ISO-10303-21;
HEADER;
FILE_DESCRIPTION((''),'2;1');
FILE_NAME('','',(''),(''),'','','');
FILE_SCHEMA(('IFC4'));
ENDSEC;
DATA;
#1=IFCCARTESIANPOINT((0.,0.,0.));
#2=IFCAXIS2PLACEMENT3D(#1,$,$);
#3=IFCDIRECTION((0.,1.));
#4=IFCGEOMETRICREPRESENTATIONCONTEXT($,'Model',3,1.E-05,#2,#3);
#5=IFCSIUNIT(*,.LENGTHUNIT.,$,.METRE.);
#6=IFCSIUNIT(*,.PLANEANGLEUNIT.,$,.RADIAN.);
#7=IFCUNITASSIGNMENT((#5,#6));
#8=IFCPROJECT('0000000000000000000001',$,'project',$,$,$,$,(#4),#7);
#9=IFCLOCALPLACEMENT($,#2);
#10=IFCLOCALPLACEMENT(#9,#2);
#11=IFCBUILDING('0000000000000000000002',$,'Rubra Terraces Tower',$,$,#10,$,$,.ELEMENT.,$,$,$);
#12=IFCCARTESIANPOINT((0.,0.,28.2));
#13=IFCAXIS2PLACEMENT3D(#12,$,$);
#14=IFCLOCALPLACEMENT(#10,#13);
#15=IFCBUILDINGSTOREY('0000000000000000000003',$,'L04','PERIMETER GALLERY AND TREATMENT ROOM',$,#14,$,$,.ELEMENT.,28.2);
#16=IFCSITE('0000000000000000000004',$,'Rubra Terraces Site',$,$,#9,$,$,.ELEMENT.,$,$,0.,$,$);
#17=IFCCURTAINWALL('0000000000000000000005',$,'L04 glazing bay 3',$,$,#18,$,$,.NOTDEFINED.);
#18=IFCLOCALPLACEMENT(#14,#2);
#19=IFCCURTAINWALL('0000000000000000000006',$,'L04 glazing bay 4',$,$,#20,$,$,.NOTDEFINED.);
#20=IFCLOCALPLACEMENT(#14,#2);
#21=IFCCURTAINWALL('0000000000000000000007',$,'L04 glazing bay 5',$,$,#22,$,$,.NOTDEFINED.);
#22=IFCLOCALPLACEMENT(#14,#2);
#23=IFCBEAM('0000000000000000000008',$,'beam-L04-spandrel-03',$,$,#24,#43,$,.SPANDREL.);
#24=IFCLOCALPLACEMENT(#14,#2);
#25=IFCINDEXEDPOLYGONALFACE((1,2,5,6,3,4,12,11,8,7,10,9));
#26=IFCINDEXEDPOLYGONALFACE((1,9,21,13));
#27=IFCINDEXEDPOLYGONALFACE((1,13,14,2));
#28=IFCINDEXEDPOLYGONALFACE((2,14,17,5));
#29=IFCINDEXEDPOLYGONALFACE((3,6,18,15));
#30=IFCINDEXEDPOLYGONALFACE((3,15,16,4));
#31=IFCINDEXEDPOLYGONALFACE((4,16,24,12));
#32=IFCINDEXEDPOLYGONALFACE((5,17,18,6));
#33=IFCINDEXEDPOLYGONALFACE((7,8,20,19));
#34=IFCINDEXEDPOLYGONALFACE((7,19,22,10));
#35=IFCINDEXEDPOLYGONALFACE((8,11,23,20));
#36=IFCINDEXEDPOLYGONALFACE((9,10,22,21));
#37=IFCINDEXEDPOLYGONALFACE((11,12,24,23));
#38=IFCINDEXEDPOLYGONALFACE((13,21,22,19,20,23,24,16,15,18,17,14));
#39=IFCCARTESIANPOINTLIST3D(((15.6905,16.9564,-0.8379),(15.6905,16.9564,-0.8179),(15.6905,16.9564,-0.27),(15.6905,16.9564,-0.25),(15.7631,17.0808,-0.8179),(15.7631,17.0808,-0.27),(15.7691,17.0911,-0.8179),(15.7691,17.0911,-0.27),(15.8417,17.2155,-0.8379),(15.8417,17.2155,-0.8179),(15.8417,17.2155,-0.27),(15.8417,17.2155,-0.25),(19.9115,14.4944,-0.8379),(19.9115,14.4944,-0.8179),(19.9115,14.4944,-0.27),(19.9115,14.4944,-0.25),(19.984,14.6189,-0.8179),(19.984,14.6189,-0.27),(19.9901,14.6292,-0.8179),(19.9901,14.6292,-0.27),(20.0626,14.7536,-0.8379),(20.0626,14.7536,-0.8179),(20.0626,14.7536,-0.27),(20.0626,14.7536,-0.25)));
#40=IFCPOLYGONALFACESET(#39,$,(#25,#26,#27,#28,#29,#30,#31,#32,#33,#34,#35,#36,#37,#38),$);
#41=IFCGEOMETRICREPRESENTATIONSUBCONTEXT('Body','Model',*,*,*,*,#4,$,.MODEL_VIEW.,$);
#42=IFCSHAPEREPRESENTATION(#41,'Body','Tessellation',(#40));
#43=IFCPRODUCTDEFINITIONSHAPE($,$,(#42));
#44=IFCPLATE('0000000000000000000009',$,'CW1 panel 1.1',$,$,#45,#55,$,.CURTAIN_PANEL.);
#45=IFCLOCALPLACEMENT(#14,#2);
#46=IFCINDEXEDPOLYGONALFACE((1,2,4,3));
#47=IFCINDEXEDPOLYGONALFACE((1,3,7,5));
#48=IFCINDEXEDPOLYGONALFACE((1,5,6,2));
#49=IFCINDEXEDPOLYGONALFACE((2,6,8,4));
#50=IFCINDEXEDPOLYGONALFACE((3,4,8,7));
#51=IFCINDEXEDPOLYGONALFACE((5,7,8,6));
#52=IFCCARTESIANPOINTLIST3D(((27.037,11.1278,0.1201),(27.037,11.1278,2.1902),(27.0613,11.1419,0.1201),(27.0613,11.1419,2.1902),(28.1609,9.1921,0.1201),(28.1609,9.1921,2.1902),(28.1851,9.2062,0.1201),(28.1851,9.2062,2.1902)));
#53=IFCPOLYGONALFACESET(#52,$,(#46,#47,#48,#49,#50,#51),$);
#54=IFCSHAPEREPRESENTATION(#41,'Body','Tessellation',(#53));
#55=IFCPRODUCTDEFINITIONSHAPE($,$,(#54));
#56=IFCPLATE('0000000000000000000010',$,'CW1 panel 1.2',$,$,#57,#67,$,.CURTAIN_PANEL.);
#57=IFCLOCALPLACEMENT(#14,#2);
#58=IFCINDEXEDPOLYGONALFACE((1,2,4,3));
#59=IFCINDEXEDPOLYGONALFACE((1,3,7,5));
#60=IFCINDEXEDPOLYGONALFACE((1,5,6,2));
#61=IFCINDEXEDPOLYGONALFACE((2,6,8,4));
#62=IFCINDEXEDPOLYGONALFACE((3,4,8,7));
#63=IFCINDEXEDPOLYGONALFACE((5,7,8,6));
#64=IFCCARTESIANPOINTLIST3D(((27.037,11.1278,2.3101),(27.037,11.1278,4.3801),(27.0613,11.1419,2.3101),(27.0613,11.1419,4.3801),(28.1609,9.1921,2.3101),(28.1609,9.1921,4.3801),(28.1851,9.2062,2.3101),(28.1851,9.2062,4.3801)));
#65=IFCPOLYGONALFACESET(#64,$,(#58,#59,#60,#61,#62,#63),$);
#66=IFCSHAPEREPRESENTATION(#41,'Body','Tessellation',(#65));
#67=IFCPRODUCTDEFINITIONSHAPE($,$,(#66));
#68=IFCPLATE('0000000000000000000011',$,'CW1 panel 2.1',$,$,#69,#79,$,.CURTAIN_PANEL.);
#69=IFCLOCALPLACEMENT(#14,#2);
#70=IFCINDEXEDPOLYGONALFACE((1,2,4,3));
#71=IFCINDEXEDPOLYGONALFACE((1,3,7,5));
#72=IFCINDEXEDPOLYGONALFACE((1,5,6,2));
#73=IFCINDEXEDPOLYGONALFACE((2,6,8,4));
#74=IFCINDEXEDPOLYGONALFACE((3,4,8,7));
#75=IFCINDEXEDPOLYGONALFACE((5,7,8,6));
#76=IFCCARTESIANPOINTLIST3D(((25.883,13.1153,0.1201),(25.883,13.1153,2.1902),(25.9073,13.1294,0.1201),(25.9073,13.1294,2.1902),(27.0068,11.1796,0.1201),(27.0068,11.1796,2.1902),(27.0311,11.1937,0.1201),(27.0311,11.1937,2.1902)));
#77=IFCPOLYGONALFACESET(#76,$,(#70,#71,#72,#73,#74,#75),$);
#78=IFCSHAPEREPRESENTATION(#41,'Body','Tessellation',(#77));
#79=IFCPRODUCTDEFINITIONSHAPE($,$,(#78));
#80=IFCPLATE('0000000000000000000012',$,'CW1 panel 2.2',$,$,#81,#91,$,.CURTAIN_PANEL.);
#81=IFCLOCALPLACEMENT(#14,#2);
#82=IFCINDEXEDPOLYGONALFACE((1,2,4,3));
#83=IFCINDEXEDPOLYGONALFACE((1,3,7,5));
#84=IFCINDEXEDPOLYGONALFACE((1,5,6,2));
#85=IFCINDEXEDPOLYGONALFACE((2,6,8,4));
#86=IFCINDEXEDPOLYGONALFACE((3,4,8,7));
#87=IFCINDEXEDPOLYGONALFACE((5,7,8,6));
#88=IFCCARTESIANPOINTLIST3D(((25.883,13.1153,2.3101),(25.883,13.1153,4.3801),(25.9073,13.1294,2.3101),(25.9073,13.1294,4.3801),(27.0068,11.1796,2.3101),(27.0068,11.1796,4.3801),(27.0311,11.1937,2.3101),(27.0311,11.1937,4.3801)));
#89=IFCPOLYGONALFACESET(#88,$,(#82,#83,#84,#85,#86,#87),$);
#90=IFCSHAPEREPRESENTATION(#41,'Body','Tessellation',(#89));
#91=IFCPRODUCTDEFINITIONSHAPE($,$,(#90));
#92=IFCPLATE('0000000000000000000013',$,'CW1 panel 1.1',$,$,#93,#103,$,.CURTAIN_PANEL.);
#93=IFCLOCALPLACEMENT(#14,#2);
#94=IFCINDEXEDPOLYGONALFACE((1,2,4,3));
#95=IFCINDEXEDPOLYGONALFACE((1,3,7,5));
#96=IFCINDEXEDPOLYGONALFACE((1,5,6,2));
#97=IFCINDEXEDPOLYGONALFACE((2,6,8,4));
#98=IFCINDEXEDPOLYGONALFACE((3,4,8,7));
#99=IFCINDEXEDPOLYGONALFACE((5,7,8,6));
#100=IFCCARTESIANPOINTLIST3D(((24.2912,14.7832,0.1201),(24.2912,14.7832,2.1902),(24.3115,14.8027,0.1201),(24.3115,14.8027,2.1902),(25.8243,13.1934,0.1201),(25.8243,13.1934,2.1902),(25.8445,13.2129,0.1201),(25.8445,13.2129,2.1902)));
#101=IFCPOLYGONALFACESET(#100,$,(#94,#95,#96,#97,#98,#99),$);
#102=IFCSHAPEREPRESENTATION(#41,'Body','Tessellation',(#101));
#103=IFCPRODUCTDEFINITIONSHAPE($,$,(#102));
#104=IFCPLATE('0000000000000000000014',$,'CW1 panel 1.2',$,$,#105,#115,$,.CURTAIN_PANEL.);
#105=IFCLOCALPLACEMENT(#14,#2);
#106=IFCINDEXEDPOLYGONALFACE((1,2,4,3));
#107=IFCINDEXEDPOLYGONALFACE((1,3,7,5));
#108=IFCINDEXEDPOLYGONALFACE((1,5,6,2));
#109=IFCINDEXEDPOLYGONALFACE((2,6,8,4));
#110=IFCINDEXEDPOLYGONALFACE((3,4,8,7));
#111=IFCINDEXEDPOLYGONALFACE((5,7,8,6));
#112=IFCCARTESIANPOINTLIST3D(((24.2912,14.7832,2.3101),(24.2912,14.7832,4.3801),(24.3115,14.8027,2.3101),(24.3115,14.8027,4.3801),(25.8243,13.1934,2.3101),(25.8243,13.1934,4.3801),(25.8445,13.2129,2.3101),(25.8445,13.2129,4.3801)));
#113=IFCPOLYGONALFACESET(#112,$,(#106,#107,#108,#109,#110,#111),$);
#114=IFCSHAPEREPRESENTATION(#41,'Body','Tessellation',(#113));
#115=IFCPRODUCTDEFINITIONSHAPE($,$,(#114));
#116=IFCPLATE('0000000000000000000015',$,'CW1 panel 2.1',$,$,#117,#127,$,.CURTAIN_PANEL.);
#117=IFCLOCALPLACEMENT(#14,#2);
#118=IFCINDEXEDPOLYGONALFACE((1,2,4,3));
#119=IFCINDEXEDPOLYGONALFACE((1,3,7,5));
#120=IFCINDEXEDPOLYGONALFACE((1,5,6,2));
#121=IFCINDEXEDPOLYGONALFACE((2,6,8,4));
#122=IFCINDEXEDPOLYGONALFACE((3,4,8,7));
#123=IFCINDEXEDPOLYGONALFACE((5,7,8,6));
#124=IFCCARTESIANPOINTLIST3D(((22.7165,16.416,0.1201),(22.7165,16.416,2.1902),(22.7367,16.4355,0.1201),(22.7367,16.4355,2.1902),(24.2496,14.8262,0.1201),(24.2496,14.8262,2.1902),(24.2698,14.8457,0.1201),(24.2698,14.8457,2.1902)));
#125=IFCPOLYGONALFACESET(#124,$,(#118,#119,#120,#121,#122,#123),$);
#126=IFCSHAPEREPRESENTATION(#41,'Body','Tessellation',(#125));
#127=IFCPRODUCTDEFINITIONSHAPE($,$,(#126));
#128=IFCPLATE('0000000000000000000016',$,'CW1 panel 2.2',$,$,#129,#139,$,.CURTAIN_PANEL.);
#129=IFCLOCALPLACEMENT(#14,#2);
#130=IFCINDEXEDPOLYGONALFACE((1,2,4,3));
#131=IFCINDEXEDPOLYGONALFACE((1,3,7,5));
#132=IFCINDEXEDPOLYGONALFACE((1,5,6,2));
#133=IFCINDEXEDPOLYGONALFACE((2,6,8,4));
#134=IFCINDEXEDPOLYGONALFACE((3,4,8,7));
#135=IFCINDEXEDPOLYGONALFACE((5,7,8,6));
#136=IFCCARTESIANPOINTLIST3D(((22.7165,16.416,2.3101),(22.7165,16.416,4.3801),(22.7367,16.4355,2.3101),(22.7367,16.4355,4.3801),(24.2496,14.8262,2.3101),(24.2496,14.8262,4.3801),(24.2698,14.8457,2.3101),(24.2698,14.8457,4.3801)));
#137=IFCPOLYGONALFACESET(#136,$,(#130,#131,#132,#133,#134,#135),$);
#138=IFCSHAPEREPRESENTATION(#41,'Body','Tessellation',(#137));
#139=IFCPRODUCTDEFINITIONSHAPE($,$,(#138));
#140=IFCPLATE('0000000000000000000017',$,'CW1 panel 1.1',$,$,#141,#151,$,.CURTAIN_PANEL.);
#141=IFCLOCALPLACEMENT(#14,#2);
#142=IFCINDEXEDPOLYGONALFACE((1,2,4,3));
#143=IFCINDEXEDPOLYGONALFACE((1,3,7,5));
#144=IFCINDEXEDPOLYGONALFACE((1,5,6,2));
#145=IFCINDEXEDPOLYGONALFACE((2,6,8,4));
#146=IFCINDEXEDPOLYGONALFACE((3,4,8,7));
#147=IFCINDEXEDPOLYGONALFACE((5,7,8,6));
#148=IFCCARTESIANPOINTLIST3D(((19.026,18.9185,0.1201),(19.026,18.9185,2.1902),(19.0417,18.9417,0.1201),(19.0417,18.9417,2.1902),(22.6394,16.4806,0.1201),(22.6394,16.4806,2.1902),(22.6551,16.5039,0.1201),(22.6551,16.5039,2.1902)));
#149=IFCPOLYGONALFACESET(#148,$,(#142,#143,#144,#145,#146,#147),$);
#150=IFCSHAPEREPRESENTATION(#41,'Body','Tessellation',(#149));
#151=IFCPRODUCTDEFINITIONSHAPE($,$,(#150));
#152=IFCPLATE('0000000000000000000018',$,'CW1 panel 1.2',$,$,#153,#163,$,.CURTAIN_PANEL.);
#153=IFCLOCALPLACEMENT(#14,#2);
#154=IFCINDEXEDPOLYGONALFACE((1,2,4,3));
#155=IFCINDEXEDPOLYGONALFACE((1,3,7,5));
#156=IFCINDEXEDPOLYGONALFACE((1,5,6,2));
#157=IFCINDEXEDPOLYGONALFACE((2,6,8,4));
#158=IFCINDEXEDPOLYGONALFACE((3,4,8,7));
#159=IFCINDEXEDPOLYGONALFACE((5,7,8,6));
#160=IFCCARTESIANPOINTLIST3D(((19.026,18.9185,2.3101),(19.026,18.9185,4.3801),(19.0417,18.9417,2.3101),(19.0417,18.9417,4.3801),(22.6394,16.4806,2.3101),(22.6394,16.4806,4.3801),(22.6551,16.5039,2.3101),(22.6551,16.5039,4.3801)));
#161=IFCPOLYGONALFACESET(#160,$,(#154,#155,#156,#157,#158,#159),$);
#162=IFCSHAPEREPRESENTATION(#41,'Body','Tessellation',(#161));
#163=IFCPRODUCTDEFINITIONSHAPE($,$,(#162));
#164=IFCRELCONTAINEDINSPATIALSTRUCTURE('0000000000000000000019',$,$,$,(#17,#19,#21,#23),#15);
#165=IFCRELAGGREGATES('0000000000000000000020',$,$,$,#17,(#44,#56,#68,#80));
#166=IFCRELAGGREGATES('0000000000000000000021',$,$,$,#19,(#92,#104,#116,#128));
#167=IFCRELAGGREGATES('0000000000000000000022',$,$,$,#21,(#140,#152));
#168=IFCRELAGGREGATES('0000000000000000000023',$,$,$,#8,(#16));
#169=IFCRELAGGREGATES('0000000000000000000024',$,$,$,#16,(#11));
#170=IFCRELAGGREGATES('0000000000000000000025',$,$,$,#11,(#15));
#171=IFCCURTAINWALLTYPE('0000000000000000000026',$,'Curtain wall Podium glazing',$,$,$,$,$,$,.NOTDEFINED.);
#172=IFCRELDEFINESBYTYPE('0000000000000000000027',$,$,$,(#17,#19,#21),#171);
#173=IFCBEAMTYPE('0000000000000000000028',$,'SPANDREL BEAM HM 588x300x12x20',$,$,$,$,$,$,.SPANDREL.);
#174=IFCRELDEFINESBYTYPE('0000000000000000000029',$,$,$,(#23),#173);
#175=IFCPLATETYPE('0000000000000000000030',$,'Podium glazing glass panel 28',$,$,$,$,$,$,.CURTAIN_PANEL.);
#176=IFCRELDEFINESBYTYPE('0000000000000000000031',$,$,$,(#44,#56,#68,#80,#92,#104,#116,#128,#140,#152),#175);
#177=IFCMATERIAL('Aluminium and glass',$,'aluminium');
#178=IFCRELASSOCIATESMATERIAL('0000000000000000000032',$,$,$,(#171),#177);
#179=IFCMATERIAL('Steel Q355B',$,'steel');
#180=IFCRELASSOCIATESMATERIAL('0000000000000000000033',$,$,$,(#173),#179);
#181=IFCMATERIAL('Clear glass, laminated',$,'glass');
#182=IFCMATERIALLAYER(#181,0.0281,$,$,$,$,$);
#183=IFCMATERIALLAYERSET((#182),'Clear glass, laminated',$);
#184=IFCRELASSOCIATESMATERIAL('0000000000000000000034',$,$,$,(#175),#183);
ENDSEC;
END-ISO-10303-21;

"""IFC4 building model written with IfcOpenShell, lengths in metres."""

from ifc_helpers import new_model, si_unit, direction, frame, origin, origin_2d, place, context, subcontext, project, spatial, rectangle, i_section, extrude, material, layer, layer_set, material_profile, profile_set, type_object, element, aggregate, save


model = new_model("IFC4")

# Units and contexts
model_context = context("Model", 3, precision=1e-05, world=origin(), true_north=direction((0.0, 1.0)))
body_context = subcontext(model_context, "Body", "Model", "MODEL_VIEW")
ifc_project = project(units=[si_unit("LENGTHUNIT", "METRE"), si_unit("PLANEANGLEUNIT", "RADIAN")], contexts=[model_context])

# Site, building, storey
site_placement = place(None, origin())
site = spatial("IfcSite", under=ifc_project, at=site_placement, Name="Rubra Terraces Site", CompositionType="ELEMENT", RefElevation=0.0)
building_placement = place(site_placement, origin())
building = spatial("IfcBuilding", under=site, at=building_placement, Name="Rubra Terraces Tower", CompositionType="ELEMENT")
storey_placement = place(building_placement, frame((0.0, 0.0, 28.2)))
storey = spatial("IfcBuildingStorey", under=building, at=storey_placement, Name="L04", Description="PERIMETER GALLERY AND TREATMENT ROOM", CompositionType="ELEMENT", Elevation=28.2)

# Shared definitions
ifc_material_1 = material(Name="Steel Q355B", Category="steel")

# Curtain wall
ifc_material_2 = material(Name="Aluminium and glass", Category="aluminium")
curtain_wall_type = type_object("IfcCurtainWallType", Name="Curtain wall Podium glazing", PredefinedType="NOTDEFINED", material=ifc_material_2)
curtain_wall_1_placement = place(storey_placement, origin())
curtain_wall_1 = element("IfcCurtainWall", 1, at=curtain_wall_1_placement, inside=storey, type_object=curtain_wall_type, Name="L04 glazing bay 3", PredefinedType="NOTDEFINED")

# Curtain wall
curtain_wall_2_placement = place(storey_placement, origin())
curtain_wall_2 = element("IfcCurtainWall", 2, at=curtain_wall_2_placement, inside=storey, type_object=curtain_wall_type, Name="L04 glazing bay 4", PredefinedType="NOTDEFINED")

# Curtain wall
curtain_wall_3_placement = place(storey_placement, origin())
curtain_wall_3 = element("IfcCurtainWall", 3, at=curtain_wall_3_placement, inside=storey, type_object=curtain_wall_type, Name="L04 glazing bay 5", PredefinedType="NOTDEFINED")

# Beam
ifc_material_profile_1 = material_profile(ifc_material_1, i_section(OverallWidth=0.3, OverallDepth=0.5879, WebThickness=0.012, FlangeThickness=0.02, at=origin_2d()), Name="HM 588x300x12x20")
ifc_profile_set_1 = profile_set([ifc_material_profile_1], Name="Steel Q355B")
beam_type_1 = type_object("IfcBeamType", Name="SPANDREL BEAM HM 588x300x12x20", PredefinedType="SPANDREL", material=ifc_profile_set_1)
beam_1_placement = place(storey_placement, frame((19.9871, 14.624, -0.5439), z_axis=(-0.863806, 0.503824, 0.0), x_axis=(-0.503824, -0.863806, 0.0)))
element("IfcBeam", 4, at=beam_1_placement, inside=storey, type_object=beam_type_1, Name="beam-L04-spandrel-03", PredefinedType="SPANDREL", context=body_context, shape_type="SweptSolid", body=[
    extrude(i_section(OverallWidth=0.3, OverallDepth=0.5879, WebThickness=0.012, FlangeThickness=0.02, at=origin_2d()), origin(), (0.0, 0.0, 1.0), 4.8865),
])

# Plates
ifc_material_3 = material(Name="Clear glass, laminated", Category="glass")
ifc_layer = layer(ifc_material_3, 0.0281)
ifc_layer_set = layer_set([ifc_layer], Name="Clear glass, laminated")
plate_type = type_object("IfcPlateType", Name="Podium glazing glass panel 28", PredefinedType="CURTAIN_PANEL", material=ifc_layer_set)
plate_1_placement = place(storey_placement, frame((27.6111, 10.167, 0.1201), z_axis=(0.0, 0.0, 1.0), x_axis=(-0.502094, 0.864813, 0.0)))
plate_1 = element("IfcPlate", 5, at=plate_1_placement, type_object=plate_type, Name="CW1 panel 1.1", PredefinedType="CURTAIN_PANEL", context=body_context, shape_type="SweptSolid", body=[
    extrude(rectangle(XDim=2.2383, YDim=0.0281, at=origin_2d()), origin(), (0.0, 0.0, 1.0), 2.0701),
])
plate_2_placement = place(storey_placement, frame((27.6111, 10.167, 2.3101), z_axis=(0.0, 0.0, 1.0), x_axis=(-0.502094, 0.864813, 0.0)))
plate_2 = element("IfcPlate", 6, at=plate_2_placement, type_object=plate_type, Name="CW1 panel 1.2", PredefinedType="CURTAIN_PANEL", context=body_context, shape_type="SweptSolid", body=[
    extrude(rectangle(XDim=2.2383, YDim=0.0281, at=origin_2d()), origin(), (0.0, 0.0, 1.0), 2.0701),
])
plate_3_placement = place(storey_placement, frame((26.457, 12.1545, 0.1201), z_axis=(0.0, 0.0, 1.0), x_axis=(-0.502094, 0.864813, 0.0)))
plate_3 = element("IfcPlate", 7, at=plate_3_placement, type_object=plate_type, Name="CW1 panel 2.1", PredefinedType="CURTAIN_PANEL", context=body_context, shape_type="SweptSolid", body=[
    extrude(rectangle(XDim=2.2383, YDim=0.0281, at=origin_2d()), origin(), (0.0, 0.0, 1.0), 2.0701),
])
plate_4_placement = place(storey_placement, frame((26.457, 12.1545, 2.3101), z_axis=(0.0, 0.0, 1.0), x_axis=(-0.502094, 0.864813, 0.0)))
plate_4 = element("IfcPlate", 8, at=plate_4_placement, type_object=plate_type, Name="CW1 panel 2.2", PredefinedType="CURTAIN_PANEL", context=body_context, shape_type="SweptSolid", body=[
    extrude(rectangle(XDim=2.2383, YDim=0.0281, at=origin_2d()), origin(), (0.0, 0.0, 1.0), 2.0701),
])
aggregate(curtain_wall_1, [plate_1, plate_2, plate_3, plate_4])
plate_5_placement = place(storey_placement, frame((25.0679, 13.998, 0.1201), z_axis=(0.0, 0.0, 1.0), x_axis=(-0.694156, 0.719825, 0.0)))
plate_5 = element("IfcPlate", 9, at=plate_5_placement, type_object=plate_type, Name="CW1 panel 1.1", PredefinedType="CURTAIN_PANEL", context=body_context, shape_type="SweptSolid", body=[
    extrude(rectangle(XDim=2.2085, YDim=0.0281, at=origin_2d()), origin(), (0.0, 0.0, 1.0), 2.0701),
])
plate_6_placement = place(storey_placement, frame((25.0679, 13.998, 2.3101), z_axis=(0.0, 0.0, 1.0), x_axis=(-0.694156, 0.719825, 0.0)))
plate_6 = element("IfcPlate", 10, at=plate_6_placement, type_object=plate_type, Name="CW1 panel 1.2", PredefinedType="CURTAIN_PANEL", context=body_context, shape_type="SweptSolid", body=[
    extrude(rectangle(XDim=2.2085, YDim=0.0281, at=origin_2d()), origin(), (0.0, 0.0, 1.0), 2.0701),
])
plate_7_placement = place(storey_placement, frame((23.4932, 15.6309, 0.1201), z_axis=(0.0, 0.0, 1.0), x_axis=(-0.694156, 0.719825, 0.0)))
plate_7 = element("IfcPlate", 11, at=plate_7_placement, type_object=plate_type, Name="CW1 panel 2.1", PredefinedType="CURTAIN_PANEL", context=body_context, shape_type="SweptSolid", body=[
    extrude(rectangle(XDim=2.2085, YDim=0.0281, at=origin_2d()), origin(), (0.0, 0.0, 1.0), 2.0701),
])
plate_8_placement = place(storey_placement, frame((23.4932, 15.6309, 2.3101), z_axis=(0.0, 0.0, 1.0), x_axis=(-0.694156, 0.719825, 0.0)))
plate_8 = element("IfcPlate", 12, at=plate_8_placement, type_object=plate_type, Name="CW1 panel 2.2", PredefinedType="CURTAIN_PANEL", context=body_context, shape_type="SweptSolid", body=[
    extrude(rectangle(XDim=2.2085, YDim=0.0281, at=origin_2d()), origin(), (0.0, 0.0, 1.0), 2.0701),
])
aggregate(curtain_wall_2, [plate_5, plate_6, plate_7, plate_8])
plate_9_placement = place(storey_placement, frame((20.8406, 17.7112, 0.1201), z_axis=(0.0, 0.0, 1.0), x_axis=(-0.828981, 0.559277, 0.0)))
plate_9 = element("IfcPlate", 13, at=plate_9_placement, type_object=plate_type, Name="CW1 panel 1.1", PredefinedType="CURTAIN_PANEL", context=body_context, shape_type="SweptSolid", body=[
    extrude(rectangle(XDim=4.3589, YDim=0.0281, at=origin_2d()), origin(), (0.0, 0.0, 1.0), 2.0701),
])
plate_10_placement = place(storey_placement, frame((20.8406, 17.7112, 2.3101), z_axis=(0.0, 0.0, 1.0), x_axis=(-0.828981, 0.559277, 0.0)))
plate_10 = element("IfcPlate", 14, at=plate_10_placement, type_object=plate_type, Name="CW1 panel 1.2", PredefinedType="CURTAIN_PANEL", context=body_context, shape_type="SweptSolid", body=[
    extrude(rectangle(XDim=4.3589, YDim=0.0281, at=origin_2d()), origin(), (0.0, 0.0, 1.0), 2.0701),
])
aggregate(curtain_wall_3, [plate_9, plate_10])

save(model, "model.ifc")
